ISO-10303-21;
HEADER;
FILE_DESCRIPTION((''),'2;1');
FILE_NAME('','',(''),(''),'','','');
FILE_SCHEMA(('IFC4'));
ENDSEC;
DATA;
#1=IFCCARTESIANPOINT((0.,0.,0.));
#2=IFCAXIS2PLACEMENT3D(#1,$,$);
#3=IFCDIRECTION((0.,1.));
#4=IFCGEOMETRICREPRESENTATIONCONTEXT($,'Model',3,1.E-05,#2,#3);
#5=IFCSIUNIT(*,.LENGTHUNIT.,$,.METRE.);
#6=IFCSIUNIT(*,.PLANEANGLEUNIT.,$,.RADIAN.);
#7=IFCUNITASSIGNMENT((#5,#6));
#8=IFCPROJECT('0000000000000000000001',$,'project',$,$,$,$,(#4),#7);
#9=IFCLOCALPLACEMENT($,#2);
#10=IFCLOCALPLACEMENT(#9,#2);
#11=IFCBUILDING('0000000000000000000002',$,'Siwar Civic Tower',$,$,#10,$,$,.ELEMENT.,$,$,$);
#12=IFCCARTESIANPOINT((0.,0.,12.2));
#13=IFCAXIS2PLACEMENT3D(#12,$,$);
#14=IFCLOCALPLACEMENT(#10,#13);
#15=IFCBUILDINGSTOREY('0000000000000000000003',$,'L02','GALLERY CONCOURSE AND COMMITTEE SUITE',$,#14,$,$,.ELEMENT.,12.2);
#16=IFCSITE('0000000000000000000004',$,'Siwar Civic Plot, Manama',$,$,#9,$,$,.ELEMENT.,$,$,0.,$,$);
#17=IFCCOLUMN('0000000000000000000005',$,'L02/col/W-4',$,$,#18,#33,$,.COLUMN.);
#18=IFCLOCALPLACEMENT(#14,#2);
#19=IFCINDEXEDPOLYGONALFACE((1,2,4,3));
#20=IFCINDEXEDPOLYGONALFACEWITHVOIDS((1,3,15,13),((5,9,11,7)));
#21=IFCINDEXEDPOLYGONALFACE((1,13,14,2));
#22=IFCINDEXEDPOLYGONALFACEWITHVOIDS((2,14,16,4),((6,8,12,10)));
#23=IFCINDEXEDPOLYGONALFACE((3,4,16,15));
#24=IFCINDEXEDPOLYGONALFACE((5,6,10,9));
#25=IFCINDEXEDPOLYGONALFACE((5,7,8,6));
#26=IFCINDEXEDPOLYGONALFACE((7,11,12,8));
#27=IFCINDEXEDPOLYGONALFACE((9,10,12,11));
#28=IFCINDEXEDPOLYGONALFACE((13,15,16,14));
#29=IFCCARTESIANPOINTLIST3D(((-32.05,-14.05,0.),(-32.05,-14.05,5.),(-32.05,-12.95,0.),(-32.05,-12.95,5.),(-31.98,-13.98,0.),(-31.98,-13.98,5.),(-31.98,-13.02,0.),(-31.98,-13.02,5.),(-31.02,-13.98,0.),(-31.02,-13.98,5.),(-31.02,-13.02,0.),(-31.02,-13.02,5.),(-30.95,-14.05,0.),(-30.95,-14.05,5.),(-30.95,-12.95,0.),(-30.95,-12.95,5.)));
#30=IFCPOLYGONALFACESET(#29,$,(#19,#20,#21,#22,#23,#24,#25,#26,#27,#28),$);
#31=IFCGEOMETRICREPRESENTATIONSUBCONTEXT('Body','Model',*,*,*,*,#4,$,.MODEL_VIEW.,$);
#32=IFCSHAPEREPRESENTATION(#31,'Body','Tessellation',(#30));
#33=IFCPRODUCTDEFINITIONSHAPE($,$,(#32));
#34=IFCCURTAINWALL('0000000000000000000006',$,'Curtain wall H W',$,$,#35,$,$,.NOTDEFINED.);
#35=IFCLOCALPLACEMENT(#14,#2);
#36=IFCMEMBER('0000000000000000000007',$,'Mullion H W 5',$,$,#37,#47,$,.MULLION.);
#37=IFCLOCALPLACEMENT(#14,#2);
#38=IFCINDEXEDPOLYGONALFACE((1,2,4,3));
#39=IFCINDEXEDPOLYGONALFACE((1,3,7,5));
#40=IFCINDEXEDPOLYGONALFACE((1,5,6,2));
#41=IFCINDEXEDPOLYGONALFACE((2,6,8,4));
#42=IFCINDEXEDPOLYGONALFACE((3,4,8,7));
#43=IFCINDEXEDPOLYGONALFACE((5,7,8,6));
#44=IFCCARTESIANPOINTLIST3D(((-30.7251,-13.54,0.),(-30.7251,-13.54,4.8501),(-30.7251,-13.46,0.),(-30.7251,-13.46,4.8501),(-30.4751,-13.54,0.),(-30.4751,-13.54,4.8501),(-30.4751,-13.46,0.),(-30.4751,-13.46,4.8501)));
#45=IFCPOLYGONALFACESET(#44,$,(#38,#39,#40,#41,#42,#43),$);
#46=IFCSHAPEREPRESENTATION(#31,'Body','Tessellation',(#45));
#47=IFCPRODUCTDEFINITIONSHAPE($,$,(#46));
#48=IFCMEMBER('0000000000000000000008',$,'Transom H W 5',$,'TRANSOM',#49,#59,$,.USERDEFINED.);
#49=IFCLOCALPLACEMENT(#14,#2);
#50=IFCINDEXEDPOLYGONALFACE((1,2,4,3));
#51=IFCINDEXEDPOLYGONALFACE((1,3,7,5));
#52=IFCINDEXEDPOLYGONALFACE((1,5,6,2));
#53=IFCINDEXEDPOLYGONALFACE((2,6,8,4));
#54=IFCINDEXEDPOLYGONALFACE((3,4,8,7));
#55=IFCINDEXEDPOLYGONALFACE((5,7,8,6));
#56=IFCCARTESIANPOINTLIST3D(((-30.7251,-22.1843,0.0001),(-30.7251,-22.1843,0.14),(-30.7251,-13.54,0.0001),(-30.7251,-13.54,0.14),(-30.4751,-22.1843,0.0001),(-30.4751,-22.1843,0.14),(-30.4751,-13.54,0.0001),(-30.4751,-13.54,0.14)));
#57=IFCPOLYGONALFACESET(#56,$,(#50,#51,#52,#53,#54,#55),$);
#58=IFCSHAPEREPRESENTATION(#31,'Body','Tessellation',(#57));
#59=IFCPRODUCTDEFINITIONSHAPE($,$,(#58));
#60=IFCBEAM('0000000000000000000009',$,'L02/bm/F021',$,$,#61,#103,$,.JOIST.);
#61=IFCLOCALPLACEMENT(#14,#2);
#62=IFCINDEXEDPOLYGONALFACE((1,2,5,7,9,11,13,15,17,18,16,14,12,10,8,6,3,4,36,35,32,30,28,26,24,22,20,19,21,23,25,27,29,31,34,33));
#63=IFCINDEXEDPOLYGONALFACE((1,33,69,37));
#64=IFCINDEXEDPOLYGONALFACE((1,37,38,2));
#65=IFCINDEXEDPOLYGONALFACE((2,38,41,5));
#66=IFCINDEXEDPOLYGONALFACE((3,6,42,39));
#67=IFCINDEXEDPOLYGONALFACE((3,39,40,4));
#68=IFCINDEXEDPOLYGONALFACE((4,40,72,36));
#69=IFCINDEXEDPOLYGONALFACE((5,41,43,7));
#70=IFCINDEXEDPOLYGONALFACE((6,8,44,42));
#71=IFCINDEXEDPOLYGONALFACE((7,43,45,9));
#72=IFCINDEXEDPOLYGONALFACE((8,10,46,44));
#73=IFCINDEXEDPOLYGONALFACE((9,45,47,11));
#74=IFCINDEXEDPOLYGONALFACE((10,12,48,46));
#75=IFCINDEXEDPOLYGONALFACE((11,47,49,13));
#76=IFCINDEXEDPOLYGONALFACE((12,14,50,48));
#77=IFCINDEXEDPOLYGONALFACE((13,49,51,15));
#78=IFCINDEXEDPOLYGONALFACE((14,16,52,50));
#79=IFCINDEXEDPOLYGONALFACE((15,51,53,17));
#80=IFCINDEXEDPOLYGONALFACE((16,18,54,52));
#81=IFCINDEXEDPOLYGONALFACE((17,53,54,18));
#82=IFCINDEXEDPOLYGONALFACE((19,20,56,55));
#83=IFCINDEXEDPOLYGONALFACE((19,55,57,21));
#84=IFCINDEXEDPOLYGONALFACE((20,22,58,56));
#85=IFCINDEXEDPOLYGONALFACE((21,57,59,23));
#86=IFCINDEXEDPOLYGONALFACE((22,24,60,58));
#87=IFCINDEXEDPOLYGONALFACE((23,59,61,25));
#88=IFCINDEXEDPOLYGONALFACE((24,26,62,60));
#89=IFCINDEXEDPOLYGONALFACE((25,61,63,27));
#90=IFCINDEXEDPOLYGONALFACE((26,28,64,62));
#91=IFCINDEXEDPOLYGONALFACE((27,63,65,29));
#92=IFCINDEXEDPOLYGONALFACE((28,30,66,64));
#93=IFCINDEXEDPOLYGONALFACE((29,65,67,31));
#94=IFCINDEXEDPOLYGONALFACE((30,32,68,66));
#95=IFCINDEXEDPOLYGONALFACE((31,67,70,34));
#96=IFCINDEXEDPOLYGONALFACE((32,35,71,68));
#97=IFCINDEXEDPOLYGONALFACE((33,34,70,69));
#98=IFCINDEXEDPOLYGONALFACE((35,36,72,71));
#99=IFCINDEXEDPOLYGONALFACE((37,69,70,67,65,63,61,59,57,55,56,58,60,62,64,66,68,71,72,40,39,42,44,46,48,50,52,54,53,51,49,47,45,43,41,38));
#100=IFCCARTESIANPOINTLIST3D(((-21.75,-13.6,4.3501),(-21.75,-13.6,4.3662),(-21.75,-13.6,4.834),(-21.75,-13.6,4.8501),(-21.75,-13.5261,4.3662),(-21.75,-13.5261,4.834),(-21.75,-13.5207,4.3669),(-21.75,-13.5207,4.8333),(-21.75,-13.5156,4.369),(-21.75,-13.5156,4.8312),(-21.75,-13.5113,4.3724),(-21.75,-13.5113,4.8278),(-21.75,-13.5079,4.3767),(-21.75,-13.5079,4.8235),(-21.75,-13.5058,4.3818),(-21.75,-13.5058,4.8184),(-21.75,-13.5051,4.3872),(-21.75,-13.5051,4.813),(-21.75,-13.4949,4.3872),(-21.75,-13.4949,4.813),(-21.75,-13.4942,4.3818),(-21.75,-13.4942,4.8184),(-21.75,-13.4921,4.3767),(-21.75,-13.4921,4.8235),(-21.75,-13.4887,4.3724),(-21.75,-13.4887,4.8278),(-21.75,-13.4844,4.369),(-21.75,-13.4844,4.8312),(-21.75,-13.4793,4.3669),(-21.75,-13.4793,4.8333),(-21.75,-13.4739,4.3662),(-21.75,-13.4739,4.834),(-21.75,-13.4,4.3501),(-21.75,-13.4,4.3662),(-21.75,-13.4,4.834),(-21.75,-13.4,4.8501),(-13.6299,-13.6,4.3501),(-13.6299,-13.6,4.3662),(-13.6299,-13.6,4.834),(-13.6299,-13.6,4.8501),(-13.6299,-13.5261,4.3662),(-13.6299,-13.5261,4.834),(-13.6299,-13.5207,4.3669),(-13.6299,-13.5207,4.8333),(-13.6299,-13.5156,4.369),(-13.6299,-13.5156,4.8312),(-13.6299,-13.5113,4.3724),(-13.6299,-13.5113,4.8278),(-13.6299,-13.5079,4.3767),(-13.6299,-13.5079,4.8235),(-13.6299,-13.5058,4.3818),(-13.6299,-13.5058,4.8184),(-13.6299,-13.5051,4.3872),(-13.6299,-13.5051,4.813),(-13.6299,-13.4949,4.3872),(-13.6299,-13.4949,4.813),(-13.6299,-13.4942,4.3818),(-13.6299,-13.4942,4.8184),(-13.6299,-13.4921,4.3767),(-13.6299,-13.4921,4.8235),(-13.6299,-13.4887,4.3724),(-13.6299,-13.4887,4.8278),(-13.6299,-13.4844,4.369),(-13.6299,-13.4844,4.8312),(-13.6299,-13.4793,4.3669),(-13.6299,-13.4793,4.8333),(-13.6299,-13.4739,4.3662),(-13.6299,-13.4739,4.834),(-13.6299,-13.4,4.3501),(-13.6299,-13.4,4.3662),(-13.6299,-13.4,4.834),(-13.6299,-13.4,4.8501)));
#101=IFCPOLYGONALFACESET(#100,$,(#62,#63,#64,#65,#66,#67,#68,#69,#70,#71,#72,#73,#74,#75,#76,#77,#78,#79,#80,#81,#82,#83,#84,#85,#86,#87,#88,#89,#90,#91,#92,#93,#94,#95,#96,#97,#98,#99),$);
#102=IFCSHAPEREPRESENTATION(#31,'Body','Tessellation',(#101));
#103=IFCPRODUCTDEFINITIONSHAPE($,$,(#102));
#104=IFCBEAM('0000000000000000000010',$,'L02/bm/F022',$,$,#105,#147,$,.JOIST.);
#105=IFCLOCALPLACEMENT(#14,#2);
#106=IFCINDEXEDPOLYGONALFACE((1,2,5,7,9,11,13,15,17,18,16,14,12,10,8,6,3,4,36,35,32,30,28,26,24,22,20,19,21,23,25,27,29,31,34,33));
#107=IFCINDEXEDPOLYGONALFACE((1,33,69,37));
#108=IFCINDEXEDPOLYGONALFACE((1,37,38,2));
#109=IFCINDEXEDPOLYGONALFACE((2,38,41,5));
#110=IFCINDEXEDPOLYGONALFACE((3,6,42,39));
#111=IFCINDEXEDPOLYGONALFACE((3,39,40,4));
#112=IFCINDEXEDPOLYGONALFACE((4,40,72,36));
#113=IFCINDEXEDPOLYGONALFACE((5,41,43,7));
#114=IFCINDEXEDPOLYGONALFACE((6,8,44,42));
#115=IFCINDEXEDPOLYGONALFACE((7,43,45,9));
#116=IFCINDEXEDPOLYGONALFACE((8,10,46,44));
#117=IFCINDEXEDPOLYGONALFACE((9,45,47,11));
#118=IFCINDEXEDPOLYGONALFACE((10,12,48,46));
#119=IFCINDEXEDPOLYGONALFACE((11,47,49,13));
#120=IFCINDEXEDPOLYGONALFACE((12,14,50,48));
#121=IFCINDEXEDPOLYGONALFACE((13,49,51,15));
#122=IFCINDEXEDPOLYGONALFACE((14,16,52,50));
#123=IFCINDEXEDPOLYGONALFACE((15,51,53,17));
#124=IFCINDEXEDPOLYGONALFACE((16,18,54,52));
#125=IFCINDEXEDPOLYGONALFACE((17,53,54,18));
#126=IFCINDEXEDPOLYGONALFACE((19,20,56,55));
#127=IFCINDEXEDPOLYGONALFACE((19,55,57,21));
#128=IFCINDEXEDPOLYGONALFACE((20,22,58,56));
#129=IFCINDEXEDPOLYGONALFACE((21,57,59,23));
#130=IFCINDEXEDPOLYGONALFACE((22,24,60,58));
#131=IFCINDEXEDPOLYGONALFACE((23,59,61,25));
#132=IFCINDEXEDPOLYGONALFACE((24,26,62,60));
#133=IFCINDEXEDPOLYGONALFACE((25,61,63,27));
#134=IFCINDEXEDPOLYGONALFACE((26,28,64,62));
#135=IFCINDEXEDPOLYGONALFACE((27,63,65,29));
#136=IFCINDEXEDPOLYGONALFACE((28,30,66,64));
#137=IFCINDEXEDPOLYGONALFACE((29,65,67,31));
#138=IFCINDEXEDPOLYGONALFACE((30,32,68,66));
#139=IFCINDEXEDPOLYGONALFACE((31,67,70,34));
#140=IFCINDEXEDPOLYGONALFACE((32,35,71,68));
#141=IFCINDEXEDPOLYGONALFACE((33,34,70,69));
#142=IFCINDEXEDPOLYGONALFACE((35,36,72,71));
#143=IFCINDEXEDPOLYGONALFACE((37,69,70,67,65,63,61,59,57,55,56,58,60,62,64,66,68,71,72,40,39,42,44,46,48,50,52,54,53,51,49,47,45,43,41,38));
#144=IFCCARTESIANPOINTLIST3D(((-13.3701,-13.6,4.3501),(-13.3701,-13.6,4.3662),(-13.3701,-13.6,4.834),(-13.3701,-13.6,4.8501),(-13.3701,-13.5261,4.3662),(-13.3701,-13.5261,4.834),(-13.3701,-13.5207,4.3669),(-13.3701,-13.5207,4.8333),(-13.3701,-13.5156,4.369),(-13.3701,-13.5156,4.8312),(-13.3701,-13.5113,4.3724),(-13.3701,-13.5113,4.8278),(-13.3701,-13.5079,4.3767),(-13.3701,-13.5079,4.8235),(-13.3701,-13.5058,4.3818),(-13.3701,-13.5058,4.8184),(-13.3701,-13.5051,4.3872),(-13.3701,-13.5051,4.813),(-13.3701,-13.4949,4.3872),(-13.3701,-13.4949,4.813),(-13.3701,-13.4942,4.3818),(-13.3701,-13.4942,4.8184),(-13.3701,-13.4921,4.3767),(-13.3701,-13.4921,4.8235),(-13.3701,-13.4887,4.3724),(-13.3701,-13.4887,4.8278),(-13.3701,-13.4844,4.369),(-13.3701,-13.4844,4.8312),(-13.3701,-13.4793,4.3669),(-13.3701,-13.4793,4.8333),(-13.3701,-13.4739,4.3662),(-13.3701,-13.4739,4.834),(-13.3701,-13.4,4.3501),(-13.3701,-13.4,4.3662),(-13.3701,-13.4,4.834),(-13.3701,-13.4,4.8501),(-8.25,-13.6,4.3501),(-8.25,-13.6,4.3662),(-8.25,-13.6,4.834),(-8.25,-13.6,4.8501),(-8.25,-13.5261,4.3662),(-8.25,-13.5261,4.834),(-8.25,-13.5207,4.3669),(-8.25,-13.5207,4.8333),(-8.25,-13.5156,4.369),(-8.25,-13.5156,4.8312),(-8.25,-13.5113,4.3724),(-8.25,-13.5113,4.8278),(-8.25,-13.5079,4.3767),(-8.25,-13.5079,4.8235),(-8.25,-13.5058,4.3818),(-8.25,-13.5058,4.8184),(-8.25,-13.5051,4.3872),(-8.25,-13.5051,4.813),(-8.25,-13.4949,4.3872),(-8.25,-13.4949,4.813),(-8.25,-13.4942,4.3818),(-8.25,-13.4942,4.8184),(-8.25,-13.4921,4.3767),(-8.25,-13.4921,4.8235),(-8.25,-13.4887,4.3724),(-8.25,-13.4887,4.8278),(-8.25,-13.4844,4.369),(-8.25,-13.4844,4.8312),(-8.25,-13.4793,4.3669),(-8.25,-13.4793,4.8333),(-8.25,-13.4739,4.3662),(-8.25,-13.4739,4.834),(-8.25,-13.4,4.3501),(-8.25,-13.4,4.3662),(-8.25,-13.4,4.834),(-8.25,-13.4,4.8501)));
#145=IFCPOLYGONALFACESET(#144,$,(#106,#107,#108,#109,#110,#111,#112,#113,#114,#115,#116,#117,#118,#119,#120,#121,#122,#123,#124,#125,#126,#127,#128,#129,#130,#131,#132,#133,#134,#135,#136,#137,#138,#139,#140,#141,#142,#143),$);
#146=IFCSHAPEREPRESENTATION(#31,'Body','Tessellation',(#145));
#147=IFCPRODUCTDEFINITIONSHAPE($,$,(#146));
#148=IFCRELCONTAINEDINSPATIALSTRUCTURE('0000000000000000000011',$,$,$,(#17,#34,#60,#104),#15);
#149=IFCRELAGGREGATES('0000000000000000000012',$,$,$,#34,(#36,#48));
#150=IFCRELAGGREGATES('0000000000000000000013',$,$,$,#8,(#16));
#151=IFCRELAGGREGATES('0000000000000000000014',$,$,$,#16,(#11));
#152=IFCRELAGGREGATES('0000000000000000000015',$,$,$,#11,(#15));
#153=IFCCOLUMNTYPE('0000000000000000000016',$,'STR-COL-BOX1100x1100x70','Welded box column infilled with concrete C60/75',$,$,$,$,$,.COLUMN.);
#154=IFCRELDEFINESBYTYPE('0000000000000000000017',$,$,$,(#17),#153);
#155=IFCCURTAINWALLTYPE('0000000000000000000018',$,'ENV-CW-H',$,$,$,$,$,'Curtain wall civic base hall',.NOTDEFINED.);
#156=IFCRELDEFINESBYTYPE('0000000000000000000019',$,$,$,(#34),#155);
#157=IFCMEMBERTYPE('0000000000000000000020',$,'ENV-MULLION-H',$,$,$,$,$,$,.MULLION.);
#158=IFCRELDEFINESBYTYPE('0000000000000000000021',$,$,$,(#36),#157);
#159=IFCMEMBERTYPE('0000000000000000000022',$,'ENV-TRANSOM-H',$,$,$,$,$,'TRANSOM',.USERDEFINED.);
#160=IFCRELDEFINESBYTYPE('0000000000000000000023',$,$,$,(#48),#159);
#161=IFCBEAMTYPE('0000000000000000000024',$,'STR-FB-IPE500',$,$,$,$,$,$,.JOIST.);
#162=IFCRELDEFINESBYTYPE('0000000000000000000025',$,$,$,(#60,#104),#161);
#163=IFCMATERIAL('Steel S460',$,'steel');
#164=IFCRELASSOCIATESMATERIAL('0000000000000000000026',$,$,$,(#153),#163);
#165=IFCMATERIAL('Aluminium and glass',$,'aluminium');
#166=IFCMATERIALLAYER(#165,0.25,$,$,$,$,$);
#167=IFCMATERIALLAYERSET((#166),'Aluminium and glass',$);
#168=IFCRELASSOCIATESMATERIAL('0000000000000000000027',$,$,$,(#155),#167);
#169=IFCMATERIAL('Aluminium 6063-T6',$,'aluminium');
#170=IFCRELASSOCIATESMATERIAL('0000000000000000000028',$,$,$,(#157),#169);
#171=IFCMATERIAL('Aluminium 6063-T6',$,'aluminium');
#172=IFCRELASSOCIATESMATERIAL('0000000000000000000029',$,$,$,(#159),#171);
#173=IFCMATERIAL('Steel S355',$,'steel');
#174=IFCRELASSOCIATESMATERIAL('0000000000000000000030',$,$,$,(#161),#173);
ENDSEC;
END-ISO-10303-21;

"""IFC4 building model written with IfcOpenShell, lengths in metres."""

from ifc_helpers import new_model, si_unit, direction, frame, origin, origin_2d, place, context, subcontext, project, spatial, rectangle, hollow_rectangle, i_section, extrude, material, layer, layer_set, material_profile, profile_set, type_object, element, aggregate, save


model = new_model("IFC4")

# Units and contexts
model_context = context("Model", 3, precision=1e-05, world=origin(), true_north=direction((0.0, 1.0)))
body_context = subcontext(model_context, "Body", "Model", "MODEL_VIEW")
ifc_project = project(units=[si_unit("LENGTHUNIT", "METRE"), si_unit("PLANEANGLEUNIT", "RADIAN")], contexts=[model_context])

# Site, building, storey
site_placement = place(None, origin())
site = spatial("IfcSite", under=ifc_project, at=site_placement, Name="Siwar Civic Plot, Manama", CompositionType="ELEMENT", RefElevation=0.0)
building_placement = place(site_placement, origin())
building = spatial("IfcBuilding", under=site, at=building_placement, Name="Siwar Civic Tower", CompositionType="ELEMENT")
storey_placement = place(building_placement, frame((0.0, 0.0, 12.2)))
storey = spatial("IfcBuildingStorey", under=building, at=storey_placement, Name="L02", Description="GALLERY CONCOURSE AND COMMITTEE SUITE", CompositionType="ELEMENT", Elevation=12.2)

# Column
ifc_material_1 = material(Name="Steel S460", Category="steel")
ifc_material_profile_1 = material_profile(ifc_material_1, hollow_rectangle(XDim=1.1001, YDim=1.1001, WallThickness=0.0701, at=origin_2d()), Name="BOX1100x1100x70")
ifc_profile_set_1 = profile_set([ifc_material_profile_1], Name="Steel S460")
column_type = type_object("IfcColumnType", Name="STR-COL-BOX1100x1100x70", Description="Welded box column infilled with concrete C60/75", PredefinedType="COLUMN", material=ifc_profile_set_1)
column_placement = place(storey_placement, frame((-31.5, -13.5, 0.0), z_axis=(0.0, 0.0, 1.0), x_axis=(1.0, 0.0, 0.0)))
element("IfcColumn", 1, at=column_placement, inside=storey, type_object=column_type, Name="L02/col/W-4", PredefinedType="COLUMN", context=body_context, shape_type="SweptSolid", body=[
    extrude(hollow_rectangle(XDim=1.1001, YDim=1.1001, WallThickness=0.0701, at=origin_2d()), origin(), (0.0, 0.0, 1.0), 5.0),
])

# Curtain wall, members
ifc_material_2 = material(Name="Aluminium and glass", Category="aluminium")
ifc_layer_1 = layer(ifc_material_2, 0.25)
ifc_layer_set_1 = layer_set([ifc_layer_1], Name="Aluminium and glass")
curtain_wall_type = type_object("IfcCurtainWallType", Name="ENV-CW-H", ElementType="Curtain wall civic base hall", PredefinedType="NOTDEFINED", material=ifc_layer_set_1)
curtain_wall_placement = place(storey_placement, origin())
curtain_wall = element("IfcCurtainWall", 2, at=curtain_wall_placement, inside=storey, type_object=curtain_wall_type, Name="Curtain wall H W", PredefinedType="NOTDEFINED")
ifc_material_3 = material(Name="Aluminium 6063-T6", Category="aluminium")
ifc_material_profile_2 = material_profile(ifc_material_3, rectangle(XDim=0.25, YDim=0.0801, at=origin_2d()), Name="AL 250x80")
ifc_profile_set_2 = profile_set([ifc_material_profile_2], Name="Aluminium 6063-T6")
member_type_1 = type_object("IfcMemberType", Name="ENV-MULLION-H", PredefinedType="MULLION", material=ifc_profile_set_2)
member_1_placement = place(storey_placement, frame((-30.6001, -13.5, 0.0), z_axis=(0.0, 0.0, 1.0), x_axis=(1.0, 0.0, 0.0)))
member_1 = element("IfcMember", 3, at=member_1_placement, type_object=member_type_1, Name="Mullion H W 5", PredefinedType="MULLION", context=body_context, shape_type="SweptSolid", body=[
    extrude(rectangle(XDim=0.25, YDim=0.0801, at=origin_2d()), origin(), (0.0, 0.0, 1.0), 4.8501),
])
ifc_material_4 = material(Name="Aluminium 6063-T6", Category="aluminium")
ifc_material_profile_3 = material_profile(ifc_material_4, rectangle(XDim=0.25, YDim=0.1399, at=origin_2d()), Name="AL 250x140")
ifc_profile_set_3 = profile_set([ifc_material_profile_3], Name="Aluminium 6063-T6")
member_type_2 = type_object("IfcMemberType", Name="ENV-TRANSOM-H", ElementType="TRANSOM", PredefinedType="USERDEFINED", material=ifc_profile_set_3)
member_2_placement = place(storey_placement, frame((-30.6001, -13.54, 0.0701), z_axis=(0.0, -1.0, 0.0), x_axis=(1.0, 0.0, 0.0)))
member_2 = element("IfcMember", 4, at=member_2_placement, type_object=member_type_2, Name="Transom H W 5", ObjectType="TRANSOM", PredefinedType="USERDEFINED", context=body_context, shape_type="SweptSolid", body=[
    extrude(rectangle(XDim=0.25, YDim=0.1399, at=origin_2d()), origin(), (0.0, 0.0, 1.0), 8.6443),
])

# Beams
ifc_material_5 = material(Name="Steel S355", Category="steel")
ifc_material_profile_4 = material_profile(ifc_material_5, i_section(OverallWidth=0.2, OverallDepth=0.5, WebThickness=0.0103, FlangeThickness=0.0161, FilletRadius=0.021, at=origin_2d()), Name="IPE500")
ifc_profile_set_4 = profile_set([ifc_material_profile_4], Name="Steel S355")
beam_type_1 = type_object("IfcBeamType", Name="STR-FB-IPE500", PredefinedType="JOIST", material=ifc_profile_set_4)
beam_1_placement = place(storey_placement, frame((-21.75, -13.5, 4.6001), z_axis=(1.0, 0.0, 0.0), x_axis=(0.0, 1.0, 0.0)))
element("IfcBeam", 5, at=beam_1_placement, inside=storey, type_object=beam_type_1, Name="L02/bm/F021", PredefinedType="JOIST", context=body_context, shape_type="SweptSolid", body=[
    extrude(i_section(OverallWidth=0.2, OverallDepth=0.5, WebThickness=0.0103, FlangeThickness=0.0161, FilletRadius=0.021, at=origin_2d()), origin(), (0.0, 0.0, 1.0), 8.1201),
])
beam_2_placement = place(storey_placement, frame((-13.3701, -13.5, 4.6001), z_axis=(1.0, 0.0, 0.0), x_axis=(0.0, 1.0, 0.0)))
element("IfcBeam", 6, at=beam_2_placement, inside=storey, type_object=beam_type_1, Name="L02/bm/F022", PredefinedType="JOIST", context=body_context, shape_type="SweptSolid", body=[
    extrude(i_section(OverallWidth=0.2, OverallDepth=0.5, WebThickness=0.0103, FlangeThickness=0.0161, FilletRadius=0.021, at=origin_2d()), origin(), (0.0, 0.0, 1.0), 5.1201),
])

aggregate(curtain_wall, [member_1, member_2])

save(model, "model.ifc")
